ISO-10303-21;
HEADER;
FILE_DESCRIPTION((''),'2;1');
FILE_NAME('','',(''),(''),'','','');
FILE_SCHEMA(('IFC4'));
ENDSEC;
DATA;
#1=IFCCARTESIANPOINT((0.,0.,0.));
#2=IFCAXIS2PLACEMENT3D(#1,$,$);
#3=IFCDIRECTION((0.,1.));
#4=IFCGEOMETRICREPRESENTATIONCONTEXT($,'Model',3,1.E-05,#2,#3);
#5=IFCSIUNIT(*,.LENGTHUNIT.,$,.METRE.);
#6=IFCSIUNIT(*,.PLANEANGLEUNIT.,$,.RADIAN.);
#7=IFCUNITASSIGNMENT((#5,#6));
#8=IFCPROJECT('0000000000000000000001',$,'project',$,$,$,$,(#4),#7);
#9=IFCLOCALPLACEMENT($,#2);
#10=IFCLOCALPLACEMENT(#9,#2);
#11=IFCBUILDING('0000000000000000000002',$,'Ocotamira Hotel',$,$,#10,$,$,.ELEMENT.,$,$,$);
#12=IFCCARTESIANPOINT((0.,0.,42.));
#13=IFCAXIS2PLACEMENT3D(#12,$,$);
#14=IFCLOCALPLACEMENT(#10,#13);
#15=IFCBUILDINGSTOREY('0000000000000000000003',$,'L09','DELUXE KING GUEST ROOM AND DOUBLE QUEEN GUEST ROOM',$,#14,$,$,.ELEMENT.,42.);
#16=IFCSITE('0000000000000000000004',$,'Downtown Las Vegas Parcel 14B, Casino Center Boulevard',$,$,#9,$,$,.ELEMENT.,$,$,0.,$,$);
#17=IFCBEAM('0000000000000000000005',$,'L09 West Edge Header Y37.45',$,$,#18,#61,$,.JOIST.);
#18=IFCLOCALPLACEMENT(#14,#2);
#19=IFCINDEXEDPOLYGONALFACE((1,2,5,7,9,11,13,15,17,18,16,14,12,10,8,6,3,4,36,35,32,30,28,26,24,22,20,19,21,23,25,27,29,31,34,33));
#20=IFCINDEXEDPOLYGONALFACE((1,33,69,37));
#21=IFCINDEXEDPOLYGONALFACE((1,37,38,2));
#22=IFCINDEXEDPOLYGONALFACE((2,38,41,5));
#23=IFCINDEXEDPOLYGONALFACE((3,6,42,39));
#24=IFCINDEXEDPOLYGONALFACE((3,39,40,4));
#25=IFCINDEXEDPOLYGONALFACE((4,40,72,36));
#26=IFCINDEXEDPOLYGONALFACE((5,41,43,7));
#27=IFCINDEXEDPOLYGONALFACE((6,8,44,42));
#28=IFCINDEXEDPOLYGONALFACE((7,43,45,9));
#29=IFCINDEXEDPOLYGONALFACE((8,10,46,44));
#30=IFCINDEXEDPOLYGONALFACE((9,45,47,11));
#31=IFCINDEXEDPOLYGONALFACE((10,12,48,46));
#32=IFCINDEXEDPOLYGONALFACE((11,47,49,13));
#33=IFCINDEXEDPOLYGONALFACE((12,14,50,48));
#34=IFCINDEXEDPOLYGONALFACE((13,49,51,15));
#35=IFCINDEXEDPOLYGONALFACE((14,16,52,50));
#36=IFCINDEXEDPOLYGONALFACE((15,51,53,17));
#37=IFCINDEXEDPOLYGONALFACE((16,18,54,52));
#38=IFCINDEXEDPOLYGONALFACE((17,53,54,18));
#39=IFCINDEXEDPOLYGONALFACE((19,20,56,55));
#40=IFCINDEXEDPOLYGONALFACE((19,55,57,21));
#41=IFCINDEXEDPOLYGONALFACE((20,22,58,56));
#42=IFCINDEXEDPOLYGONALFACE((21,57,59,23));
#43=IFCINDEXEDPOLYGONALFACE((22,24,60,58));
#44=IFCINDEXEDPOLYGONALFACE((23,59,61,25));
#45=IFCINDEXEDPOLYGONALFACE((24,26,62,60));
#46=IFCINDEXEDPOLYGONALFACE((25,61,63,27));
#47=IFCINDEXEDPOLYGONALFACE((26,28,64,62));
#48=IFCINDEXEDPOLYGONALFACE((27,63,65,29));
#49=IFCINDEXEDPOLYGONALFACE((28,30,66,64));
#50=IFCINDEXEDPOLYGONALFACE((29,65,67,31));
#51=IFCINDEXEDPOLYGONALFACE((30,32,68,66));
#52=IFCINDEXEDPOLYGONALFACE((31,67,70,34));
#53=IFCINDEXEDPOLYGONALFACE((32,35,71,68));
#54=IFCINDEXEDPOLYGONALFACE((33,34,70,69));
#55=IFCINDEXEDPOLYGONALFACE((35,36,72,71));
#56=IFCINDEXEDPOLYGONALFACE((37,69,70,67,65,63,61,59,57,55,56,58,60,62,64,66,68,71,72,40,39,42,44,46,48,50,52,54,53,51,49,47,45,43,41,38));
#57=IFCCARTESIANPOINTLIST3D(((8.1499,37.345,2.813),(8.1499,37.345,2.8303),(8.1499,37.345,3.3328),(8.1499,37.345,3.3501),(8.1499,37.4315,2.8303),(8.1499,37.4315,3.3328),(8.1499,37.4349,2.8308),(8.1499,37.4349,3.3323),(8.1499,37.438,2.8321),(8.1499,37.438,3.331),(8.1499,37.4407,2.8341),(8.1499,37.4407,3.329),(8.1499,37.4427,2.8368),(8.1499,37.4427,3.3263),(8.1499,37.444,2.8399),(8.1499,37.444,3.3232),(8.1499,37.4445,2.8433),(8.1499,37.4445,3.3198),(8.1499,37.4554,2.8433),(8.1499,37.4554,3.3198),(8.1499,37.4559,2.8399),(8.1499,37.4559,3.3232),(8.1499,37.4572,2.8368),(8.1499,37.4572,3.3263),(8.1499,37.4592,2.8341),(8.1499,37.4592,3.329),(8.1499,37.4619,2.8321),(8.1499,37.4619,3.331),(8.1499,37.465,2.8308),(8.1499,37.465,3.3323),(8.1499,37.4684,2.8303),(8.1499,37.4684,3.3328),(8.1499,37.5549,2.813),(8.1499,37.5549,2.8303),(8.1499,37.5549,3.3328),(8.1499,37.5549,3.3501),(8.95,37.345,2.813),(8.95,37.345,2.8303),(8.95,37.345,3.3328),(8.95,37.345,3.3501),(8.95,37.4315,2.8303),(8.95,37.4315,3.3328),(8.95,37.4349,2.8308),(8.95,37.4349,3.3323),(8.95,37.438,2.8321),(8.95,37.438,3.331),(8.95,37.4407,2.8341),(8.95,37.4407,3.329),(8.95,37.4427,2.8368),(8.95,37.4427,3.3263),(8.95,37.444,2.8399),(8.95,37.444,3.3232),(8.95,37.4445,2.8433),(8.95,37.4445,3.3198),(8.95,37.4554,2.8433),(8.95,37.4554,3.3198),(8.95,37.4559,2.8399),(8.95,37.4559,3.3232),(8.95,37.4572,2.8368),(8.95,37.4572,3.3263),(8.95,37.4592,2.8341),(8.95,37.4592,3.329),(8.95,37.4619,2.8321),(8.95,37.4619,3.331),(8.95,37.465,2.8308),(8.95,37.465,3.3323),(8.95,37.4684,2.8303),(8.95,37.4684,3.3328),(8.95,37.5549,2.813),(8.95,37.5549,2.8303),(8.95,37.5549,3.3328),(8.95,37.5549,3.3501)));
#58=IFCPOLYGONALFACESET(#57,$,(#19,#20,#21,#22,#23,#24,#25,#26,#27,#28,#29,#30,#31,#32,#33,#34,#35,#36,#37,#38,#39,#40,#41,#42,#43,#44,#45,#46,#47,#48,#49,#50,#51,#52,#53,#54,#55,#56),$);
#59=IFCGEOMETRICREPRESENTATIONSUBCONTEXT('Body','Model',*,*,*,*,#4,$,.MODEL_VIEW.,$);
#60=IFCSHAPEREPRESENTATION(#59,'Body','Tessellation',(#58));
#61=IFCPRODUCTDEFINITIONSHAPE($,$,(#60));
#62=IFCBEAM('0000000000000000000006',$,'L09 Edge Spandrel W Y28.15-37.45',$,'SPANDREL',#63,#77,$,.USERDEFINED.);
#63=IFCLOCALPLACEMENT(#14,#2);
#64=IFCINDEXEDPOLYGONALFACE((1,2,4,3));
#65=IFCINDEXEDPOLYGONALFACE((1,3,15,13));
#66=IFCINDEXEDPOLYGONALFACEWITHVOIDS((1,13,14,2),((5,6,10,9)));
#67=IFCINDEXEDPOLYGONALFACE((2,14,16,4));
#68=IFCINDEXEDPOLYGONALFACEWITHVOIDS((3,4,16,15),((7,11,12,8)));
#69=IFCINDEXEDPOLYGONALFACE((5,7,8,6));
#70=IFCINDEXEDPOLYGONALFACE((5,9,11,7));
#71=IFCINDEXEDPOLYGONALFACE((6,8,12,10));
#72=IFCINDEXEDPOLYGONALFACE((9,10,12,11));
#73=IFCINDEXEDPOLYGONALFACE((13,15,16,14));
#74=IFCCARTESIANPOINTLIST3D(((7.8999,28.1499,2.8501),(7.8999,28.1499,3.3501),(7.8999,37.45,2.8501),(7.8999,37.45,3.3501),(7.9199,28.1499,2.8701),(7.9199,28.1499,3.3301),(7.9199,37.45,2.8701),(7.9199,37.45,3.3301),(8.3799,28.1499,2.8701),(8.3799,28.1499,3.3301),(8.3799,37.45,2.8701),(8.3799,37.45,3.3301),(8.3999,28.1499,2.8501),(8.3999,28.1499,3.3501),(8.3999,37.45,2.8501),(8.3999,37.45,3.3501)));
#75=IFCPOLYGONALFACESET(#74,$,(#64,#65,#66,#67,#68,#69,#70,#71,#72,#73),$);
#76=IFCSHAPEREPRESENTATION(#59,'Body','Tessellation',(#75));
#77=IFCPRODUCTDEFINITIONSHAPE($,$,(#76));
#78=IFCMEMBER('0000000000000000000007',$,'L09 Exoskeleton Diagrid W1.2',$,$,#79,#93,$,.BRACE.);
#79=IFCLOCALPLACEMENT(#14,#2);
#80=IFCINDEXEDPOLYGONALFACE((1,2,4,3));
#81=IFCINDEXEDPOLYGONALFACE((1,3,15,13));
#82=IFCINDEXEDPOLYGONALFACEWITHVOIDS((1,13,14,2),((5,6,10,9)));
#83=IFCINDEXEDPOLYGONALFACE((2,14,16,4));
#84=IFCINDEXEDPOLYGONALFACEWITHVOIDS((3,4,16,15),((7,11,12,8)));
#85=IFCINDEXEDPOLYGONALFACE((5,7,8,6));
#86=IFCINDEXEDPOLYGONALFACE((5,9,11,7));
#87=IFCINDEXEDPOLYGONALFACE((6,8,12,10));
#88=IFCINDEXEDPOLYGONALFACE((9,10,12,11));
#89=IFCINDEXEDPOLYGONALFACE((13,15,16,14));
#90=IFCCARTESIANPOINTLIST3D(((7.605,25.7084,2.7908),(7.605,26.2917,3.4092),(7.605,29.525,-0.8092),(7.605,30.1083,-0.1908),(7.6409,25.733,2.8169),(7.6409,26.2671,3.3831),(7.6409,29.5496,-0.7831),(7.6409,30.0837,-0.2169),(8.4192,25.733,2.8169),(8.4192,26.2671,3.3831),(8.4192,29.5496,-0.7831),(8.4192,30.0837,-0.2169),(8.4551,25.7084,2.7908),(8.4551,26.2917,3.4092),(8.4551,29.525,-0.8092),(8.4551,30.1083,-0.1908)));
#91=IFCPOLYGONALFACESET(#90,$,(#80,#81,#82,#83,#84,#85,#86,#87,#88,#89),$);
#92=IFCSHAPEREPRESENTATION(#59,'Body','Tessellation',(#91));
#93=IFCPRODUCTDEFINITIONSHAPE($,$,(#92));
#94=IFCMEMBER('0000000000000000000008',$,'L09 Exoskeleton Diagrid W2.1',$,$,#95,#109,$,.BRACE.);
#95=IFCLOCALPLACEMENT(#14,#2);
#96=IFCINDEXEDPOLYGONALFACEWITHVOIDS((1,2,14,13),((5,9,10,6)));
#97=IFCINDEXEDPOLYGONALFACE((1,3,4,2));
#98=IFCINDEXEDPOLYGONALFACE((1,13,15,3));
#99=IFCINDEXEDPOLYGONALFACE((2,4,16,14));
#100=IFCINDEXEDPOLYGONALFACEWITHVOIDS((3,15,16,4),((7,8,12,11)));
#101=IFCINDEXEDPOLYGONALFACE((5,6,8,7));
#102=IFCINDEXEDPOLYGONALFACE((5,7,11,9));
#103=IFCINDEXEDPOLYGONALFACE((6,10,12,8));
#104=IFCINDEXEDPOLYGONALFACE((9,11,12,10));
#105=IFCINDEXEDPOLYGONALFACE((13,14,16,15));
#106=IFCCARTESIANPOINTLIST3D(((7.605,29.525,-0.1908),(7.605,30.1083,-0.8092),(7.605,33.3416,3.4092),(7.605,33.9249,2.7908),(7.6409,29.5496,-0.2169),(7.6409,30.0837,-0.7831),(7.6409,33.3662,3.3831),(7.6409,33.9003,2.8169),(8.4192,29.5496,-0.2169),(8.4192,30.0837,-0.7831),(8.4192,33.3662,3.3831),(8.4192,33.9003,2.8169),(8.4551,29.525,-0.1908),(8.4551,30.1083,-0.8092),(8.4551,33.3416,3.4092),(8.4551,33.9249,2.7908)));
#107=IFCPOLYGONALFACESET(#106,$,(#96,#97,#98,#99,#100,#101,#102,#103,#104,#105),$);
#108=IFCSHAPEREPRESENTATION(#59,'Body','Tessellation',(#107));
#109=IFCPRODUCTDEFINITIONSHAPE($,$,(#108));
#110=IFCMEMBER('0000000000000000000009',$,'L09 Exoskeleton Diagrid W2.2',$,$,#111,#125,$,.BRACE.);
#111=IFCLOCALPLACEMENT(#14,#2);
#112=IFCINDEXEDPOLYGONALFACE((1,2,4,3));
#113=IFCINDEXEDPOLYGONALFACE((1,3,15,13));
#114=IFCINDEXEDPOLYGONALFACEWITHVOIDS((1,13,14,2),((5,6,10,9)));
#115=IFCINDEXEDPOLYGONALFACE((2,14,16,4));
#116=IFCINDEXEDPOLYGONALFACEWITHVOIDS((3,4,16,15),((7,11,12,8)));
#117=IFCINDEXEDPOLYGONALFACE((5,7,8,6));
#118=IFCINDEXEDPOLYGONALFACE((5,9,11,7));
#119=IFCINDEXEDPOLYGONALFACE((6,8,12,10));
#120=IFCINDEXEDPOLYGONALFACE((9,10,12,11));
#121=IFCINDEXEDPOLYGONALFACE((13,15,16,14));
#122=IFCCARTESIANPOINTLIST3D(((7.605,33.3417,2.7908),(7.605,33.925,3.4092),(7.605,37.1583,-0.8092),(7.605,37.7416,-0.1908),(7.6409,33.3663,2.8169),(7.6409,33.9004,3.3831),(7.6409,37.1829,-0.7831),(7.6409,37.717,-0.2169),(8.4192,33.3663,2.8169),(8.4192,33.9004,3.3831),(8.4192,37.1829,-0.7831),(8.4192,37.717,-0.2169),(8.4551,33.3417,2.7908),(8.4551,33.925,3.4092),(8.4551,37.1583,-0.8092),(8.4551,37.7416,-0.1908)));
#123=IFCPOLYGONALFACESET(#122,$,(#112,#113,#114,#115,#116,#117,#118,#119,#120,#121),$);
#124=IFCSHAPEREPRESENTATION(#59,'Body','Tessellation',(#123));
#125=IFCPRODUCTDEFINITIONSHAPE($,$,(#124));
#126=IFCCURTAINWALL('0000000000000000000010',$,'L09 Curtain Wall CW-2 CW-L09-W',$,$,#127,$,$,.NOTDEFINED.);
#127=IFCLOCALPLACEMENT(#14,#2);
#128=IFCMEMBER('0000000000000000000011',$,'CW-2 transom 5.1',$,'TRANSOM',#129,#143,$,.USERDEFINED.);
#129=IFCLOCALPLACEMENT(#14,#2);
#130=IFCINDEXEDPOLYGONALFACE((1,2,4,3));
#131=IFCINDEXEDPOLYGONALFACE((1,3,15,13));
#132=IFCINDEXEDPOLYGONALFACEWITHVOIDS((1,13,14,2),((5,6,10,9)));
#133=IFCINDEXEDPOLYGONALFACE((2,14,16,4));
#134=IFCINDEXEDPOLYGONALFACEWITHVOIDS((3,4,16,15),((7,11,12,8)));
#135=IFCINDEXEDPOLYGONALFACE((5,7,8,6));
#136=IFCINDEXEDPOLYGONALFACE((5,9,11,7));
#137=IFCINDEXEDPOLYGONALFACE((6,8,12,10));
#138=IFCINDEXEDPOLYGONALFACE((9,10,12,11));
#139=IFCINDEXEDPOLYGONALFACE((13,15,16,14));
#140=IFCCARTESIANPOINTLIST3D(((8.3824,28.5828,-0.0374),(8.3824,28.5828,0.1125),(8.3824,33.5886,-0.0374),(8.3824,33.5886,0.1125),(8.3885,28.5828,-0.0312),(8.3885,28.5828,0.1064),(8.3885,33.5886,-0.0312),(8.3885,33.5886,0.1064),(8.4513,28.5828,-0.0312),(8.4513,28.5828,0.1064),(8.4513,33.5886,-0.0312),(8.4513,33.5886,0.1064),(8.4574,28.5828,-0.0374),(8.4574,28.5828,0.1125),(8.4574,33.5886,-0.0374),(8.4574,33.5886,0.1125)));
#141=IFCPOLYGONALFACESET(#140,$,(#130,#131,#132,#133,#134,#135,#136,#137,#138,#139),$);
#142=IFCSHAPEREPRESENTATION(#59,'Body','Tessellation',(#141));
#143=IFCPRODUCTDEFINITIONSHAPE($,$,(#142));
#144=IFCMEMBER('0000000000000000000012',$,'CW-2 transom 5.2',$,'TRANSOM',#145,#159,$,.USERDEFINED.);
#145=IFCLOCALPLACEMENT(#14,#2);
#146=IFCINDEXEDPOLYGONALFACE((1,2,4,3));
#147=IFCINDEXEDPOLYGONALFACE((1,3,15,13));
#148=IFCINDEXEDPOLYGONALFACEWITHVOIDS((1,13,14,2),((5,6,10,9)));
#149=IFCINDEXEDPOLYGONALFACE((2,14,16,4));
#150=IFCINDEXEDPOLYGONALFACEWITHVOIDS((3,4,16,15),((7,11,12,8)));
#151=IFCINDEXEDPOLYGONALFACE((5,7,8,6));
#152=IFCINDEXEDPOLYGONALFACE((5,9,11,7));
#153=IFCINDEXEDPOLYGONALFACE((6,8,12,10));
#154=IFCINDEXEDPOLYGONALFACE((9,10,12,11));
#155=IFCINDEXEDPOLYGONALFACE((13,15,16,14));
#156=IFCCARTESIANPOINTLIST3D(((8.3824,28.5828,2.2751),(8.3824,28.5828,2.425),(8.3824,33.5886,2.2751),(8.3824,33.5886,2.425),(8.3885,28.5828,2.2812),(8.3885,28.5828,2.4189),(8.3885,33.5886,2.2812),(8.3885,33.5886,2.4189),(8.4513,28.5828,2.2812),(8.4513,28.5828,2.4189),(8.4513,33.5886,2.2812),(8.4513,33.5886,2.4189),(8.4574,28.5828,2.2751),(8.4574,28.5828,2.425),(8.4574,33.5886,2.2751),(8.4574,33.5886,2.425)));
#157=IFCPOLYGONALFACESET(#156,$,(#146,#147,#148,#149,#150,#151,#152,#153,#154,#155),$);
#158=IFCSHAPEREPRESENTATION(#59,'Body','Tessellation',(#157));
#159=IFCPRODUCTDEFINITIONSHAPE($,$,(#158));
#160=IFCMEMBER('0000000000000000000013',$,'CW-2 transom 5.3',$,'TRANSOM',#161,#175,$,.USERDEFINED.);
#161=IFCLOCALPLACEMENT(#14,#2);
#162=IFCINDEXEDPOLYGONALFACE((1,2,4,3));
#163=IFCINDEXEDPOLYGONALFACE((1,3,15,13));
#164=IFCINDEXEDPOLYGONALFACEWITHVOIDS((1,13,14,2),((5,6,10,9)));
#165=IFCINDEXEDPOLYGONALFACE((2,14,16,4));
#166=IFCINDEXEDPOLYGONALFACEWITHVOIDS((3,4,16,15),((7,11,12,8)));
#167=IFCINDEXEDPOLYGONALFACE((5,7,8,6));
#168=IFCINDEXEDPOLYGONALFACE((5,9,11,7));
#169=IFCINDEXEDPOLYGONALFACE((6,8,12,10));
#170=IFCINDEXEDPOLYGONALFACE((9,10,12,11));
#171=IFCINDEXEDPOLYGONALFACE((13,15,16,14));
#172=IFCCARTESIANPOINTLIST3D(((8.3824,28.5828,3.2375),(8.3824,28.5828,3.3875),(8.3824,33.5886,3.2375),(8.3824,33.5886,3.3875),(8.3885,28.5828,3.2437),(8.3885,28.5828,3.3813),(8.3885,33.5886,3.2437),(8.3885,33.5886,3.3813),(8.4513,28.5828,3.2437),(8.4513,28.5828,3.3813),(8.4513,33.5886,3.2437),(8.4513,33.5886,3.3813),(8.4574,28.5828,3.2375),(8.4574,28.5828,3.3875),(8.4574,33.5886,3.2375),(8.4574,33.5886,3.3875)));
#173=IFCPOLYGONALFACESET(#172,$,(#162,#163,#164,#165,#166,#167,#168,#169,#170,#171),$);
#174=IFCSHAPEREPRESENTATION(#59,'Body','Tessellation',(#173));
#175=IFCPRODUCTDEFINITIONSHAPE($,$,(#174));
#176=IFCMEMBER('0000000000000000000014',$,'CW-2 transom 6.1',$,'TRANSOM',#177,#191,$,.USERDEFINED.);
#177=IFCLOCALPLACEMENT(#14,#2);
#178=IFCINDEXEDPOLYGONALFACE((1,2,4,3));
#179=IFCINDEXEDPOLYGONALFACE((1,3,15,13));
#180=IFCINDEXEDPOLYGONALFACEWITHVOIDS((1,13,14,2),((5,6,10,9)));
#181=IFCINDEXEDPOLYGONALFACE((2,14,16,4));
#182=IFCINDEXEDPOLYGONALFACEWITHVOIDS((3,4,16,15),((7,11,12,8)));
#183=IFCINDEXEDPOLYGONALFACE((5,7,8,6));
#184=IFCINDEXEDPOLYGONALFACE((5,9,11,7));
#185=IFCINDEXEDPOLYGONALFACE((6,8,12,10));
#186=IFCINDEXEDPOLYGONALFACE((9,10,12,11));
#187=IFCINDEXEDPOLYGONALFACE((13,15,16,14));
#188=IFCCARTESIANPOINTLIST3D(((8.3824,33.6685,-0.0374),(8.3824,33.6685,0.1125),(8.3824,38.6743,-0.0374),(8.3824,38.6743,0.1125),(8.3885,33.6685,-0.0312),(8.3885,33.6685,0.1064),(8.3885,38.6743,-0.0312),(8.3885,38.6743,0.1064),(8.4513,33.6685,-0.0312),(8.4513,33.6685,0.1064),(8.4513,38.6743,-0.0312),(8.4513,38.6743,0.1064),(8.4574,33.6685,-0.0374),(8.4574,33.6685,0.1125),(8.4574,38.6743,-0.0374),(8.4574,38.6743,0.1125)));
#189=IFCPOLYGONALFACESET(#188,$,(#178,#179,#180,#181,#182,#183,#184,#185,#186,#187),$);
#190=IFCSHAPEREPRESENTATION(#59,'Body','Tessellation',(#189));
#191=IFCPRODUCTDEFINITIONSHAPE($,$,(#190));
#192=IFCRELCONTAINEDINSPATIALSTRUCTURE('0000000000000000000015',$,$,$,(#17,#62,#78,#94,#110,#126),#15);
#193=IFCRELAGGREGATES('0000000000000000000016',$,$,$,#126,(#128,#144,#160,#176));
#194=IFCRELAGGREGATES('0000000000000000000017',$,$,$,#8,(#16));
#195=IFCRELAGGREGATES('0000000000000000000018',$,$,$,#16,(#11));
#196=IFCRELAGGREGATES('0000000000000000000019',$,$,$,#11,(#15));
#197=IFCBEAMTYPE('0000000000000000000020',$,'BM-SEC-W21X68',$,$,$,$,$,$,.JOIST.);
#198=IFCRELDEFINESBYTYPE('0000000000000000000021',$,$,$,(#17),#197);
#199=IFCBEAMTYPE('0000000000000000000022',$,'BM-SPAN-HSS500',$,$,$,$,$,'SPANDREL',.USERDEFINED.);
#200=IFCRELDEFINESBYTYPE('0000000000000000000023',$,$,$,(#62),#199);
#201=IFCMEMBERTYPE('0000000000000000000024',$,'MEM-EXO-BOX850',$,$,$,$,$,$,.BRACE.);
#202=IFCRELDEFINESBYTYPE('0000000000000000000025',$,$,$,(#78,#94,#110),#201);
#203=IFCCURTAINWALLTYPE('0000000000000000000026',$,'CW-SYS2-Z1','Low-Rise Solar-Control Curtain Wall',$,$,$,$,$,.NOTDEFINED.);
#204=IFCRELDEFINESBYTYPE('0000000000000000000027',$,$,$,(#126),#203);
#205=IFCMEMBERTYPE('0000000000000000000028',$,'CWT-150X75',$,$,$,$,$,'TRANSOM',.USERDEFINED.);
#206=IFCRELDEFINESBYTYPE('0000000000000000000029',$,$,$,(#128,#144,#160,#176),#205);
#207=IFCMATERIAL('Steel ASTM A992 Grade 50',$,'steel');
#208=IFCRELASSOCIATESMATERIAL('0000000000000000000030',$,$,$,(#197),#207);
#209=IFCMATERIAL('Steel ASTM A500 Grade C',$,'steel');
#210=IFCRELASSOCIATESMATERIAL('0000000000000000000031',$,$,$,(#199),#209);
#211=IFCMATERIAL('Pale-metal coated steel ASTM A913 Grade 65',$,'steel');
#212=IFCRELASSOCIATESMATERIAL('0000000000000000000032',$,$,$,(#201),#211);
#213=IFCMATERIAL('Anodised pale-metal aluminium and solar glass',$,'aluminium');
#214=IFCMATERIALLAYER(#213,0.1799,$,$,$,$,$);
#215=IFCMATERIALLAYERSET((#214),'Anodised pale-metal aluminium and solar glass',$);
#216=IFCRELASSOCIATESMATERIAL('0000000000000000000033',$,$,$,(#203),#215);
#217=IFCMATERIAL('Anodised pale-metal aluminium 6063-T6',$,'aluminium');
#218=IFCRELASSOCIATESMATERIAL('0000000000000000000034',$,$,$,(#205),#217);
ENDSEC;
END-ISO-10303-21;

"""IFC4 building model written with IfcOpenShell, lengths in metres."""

from ifc_helpers import new_model, si_unit, direction, frame, origin, origin_2d, place, context, subcontext, project, spatial, hollow_rectangle, i_section, extrude, source, transform, mapped, material, layer, layer_set, material_profile, profile_set, type_object, element, aggregate, save


model = new_model("IFC4")

# Units and contexts
model_context = context("Model", 3, precision=1e-05, world=origin(), true_north=direction((0.0, 1.0)))
body_context = subcontext(model_context, "Body", "Model", "MODEL_VIEW")
ifc_project = project(units=[si_unit("LENGTHUNIT", "METRE"), si_unit("PLANEANGLEUNIT", "RADIAN")], contexts=[model_context])

# Site, building, storey
site_placement = place(None, origin())
site = spatial("IfcSite", under=ifc_project, at=site_placement, Name="Downtown Las Vegas Parcel 14B, Casino Center Boulevard", CompositionType="ELEMENT", RefElevation=0.0)
building_placement = place(site_placement, origin())
building = spatial("IfcBuilding", under=site, at=building_placement, Name="Ocotamira Hotel", CompositionType="ELEMENT")
storey_placement = place(building_placement, frame((0.0, 0.0, 42.0)))
storey = spatial("IfcBuildingStorey", under=building, at=storey_placement, Name="L09", Description="DELUXE KING GUEST ROOM AND DOUBLE QUEEN GUEST ROOM", CompositionType="ELEMENT", Elevation=42.0)

# Beams
ifc_material_1 = material(Name="Steel ASTM A992 Grade 50", Category="steel")
ifc_material_profile_1 = material_profile(ifc_material_1, i_section(OverallWidth=0.21, OverallDepth=0.5371, WebThickness=0.011, FlangeThickness=0.0173, FilletRadius=0.0129, at=origin_2d()), Name="W21X68")
ifc_profile_set_1 = profile_set([ifc_material_profile_1], Name="Steel ASTM A992 Grade 50")
beam_type_1 = type_object("IfcBeamType", Name="BM-SEC-W21X68", PredefinedType="JOIST", material=ifc_profile_set_1)
shared_shape_1 = source(origin(), body_context, "Body", "SweptSolid", [
    extrude(i_section(OverallWidth=0.21, OverallDepth=0.5371, WebThickness=0.011, FlangeThickness=0.0173, FilletRadius=0.0129, at=origin_2d()), origin(), (0.0, 0.0, 1.0), 0.8),
])
for number, where, z_axis, x_axis, name in (
    (1, (8.95, 37.45, 3.0815), (-1.0, 0.0, 0.0), (0.0, -1.0, 0.0), "L09 West Edge Header Y37.45"),
):
    element("IfcBeam", number, at=place(storey_placement, frame(where, z_axis=z_axis, x_axis=x_axis)), inside=storey, type_object=beam_type_1, Name=name, PredefinedType="JOIST", context=body_context, shape_type="MappedRepresentation", body=[
        mapped(shared_shape_1, transform((0.0, 0.0, 0.0), scale=1.0)),
    ])
ifc_material_2 = material(Name="Steel ASTM A500 Grade C", Category="steel")
ifc_material_profile_2 = material_profile(ifc_material_2, hollow_rectangle(XDim=0.5, YDim=0.5, WallThickness=0.02, at=origin_2d()), Name="HSS500X500X20")
ifc_profile_set_2 = profile_set([ifc_material_profile_2], Name="Steel ASTM A500 Grade C")
beam_type_2 = type_object("IfcBeamType", Name="BM-SPAN-HSS500", ElementType="SPANDREL", PredefinedType="USERDEFINED", material=ifc_profile_set_2)
shared_shape_2 = source(origin(), body_context, "Body", "SweptSolid", [
    extrude(hollow_rectangle(XDim=0.5, YDim=0.5, WallThickness=0.02, at=origin_2d()), origin(), (0.0, 0.0, 1.0), 9.3),
])
beam_1_placement = place(storey_placement, frame((8.1499, 28.1499, 3.1001), z_axis=(0.0, 1.0, 0.0), x_axis=(-1.0, 0.0, 0.0)))
element("IfcBeam", 2, at=beam_1_placement, inside=storey, type_object=beam_type_2, Name="L09 Edge Spandrel W Y28.15-37.45", ObjectType="SPANDREL", PredefinedType="USERDEFINED", context=body_context, shape_type="MappedRepresentation", body=[
    mapped(shared_shape_2, transform((0.0, 0.0, 0.0), scale=1.0)),
])

# Members
ifc_material_3 = material(Name="Pale-metal coated steel ASTM A913 Grade 65", Category="steel")
ifc_material_profile_3 = material_profile(ifc_material_3, hollow_rectangle(XDim=0.8501, YDim=0.8501, WallThickness=0.0359, at=origin_2d()), Name="BOX850X850X36")
ifc_profile_set_3 = profile_set([ifc_material_profile_3], Name="Pale-metal coated steel ASTM A913 Grade 65")
member_type_1 = type_object("IfcMemberType", Name="MEM-EXO-BOX850", PredefinedType="BRACE", material=ifc_profile_set_3)
shared_shape_3 = source(origin(), body_context, "Body", "SweptSolid", [
    extrude(hollow_rectangle(XDim=0.8501, YDim=0.8501, WallThickness=0.0359, at=origin_2d()), origin(), (0.0, 0.0, 1.0), 5.2466),
])
for number, where, z_axis, x_axis, name in (
    (3, (8.03, 29.8167, -0.5), (0.0, -0.727443, 0.686168), (1.0, 0.0, 0.0), "L09 Exoskeleton Diagrid W1.2"),
    (4, (8.03, 29.8167, -0.5), (0.0, 0.727443, 0.686168), (-1.0, 0.0, 0.0), "L09 Exoskeleton Diagrid W2.1"),
    (5, (8.03, 37.45, -0.5), (0.0, -0.727443, 0.686168), (1.0, 0.0, 0.0), "L09 Exoskeleton Diagrid W2.2"),
):
    element("IfcMember", number, at=place(storey_placement, frame(where, z_axis=z_axis, x_axis=x_axis)), inside=storey, type_object=member_type_1, Name=name, PredefinedType="BRACE", context=body_context, shape_type="MappedRepresentation", body=[
        mapped(shared_shape_3, transform((0.0, 0.0, 0.0), scale=1.0)),
    ])

# Curtain wall, members
ifc_material_4 = material(Name="Anodised pale-metal aluminium and solar glass", Category="aluminium")
ifc_layer_1 = layer(ifc_material_4, 0.1799)
ifc_layer_set_1 = layer_set([ifc_layer_1], Name="Anodised pale-metal aluminium and solar glass")
curtain_wall_type = type_object("IfcCurtainWallType", Name="CW-SYS2-Z1", Description="Low-Rise Solar-Control Curtain Wall", PredefinedType="NOTDEFINED", material=ifc_layer_set_1)
curtain_wall_placement = place(storey_placement, origin())
curtain_wall = element("IfcCurtainWall", 6, at=curtain_wall_placement, inside=storey, type_object=curtain_wall_type, Name="L09 Curtain Wall CW-2 CW-L09-W", PredefinedType="NOTDEFINED")
ifc_material_5 = material(Name="Anodised pale-metal aluminium 6063-T6", Category="aluminium")
ifc_material_profile_4 = material_profile(ifc_material_5, hollow_rectangle(XDim=0.075, YDim=0.1499, WallThickness=0.0061, at=origin_2d()), Name="HSS150X75X6")
ifc_profile_set_4 = profile_set([ifc_material_profile_4], Name="Anodised pale-metal aluminium 6063-T6")
member_type_2 = type_object("IfcMemberType", Name="CWT-150X75", ElementType="TRANSOM", PredefinedType="USERDEFINED", material=ifc_profile_set_4)
shared_shape_4 = source(origin(), body_context, "Body", "SweptSolid", [
    extrude(hollow_rectangle(XDim=0.075, YDim=0.1499, WallThickness=0.0061, at=origin_2d()), origin(), (0.0, 0.0, 1.0), 5.0059),
])
member_1_placement = place(storey_placement, frame((8.4199, 28.5828, 0.0376), z_axis=(0.0, 1.0, 0.0), x_axis=(-1.0, 0.0, 0.0)))
member_1 = element("IfcMember", 7, at=member_1_placement, type_object=member_type_2, Name="CW-2 transom 5.1", ObjectType="TRANSOM", PredefinedType="USERDEFINED", context=body_context, shape_type="MappedRepresentation", body=[
    mapped(shared_shape_4, transform((0.0, 0.0, 0.0), scale=1.0)),
])
member_2_placement = place(storey_placement, frame((8.4199, 28.5828, 2.3501), z_axis=(0.0, 1.0, 0.0), x_axis=(-1.0, 0.0, 0.0)))
member_2 = element("IfcMember", 8, at=member_2_placement, type_object=member_type_2, Name="CW-2 transom 5.2", ObjectType="TRANSOM", PredefinedType="USERDEFINED", context=body_context, shape_type="MappedRepresentation", body=[
    mapped(shared_shape_4, transform((0.0, 0.0, 0.0), scale=1.0)),
])
member_3_placement = place(storey_placement, frame((8.4199, 28.5828, 3.3125), z_axis=(0.0, 1.0, 0.0), x_axis=(-1.0, 0.0, 0.0)))
member_3 = element("IfcMember", 9, at=member_3_placement, type_object=member_type_2, Name="CW-2 transom 5.3", ObjectType="TRANSOM", PredefinedType="USERDEFINED", context=body_context, shape_type="MappedRepresentation", body=[
    mapped(shared_shape_4, transform((0.0, 0.0, 0.0), scale=1.0)),
])
member_4_placement = place(storey_placement, frame((8.4199, 33.6685, 0.0376), z_axis=(0.0, 1.0, 0.0), x_axis=(-1.0, 0.0, 0.0)))
member_4 = element("IfcMember", 10, at=member_4_placement, type_object=member_type_2, Name="CW-2 transom 6.1", ObjectType="TRANSOM", PredefinedType="USERDEFINED", context=body_context, shape_type="MappedRepresentation", body=[
    mapped(shared_shape_4, transform((0.0, 0.0, 0.0), scale=1.0)),
])

aggregate(curtain_wall, [member_1, member_2, member_3, member_4])

save(model, "model.ifc")
